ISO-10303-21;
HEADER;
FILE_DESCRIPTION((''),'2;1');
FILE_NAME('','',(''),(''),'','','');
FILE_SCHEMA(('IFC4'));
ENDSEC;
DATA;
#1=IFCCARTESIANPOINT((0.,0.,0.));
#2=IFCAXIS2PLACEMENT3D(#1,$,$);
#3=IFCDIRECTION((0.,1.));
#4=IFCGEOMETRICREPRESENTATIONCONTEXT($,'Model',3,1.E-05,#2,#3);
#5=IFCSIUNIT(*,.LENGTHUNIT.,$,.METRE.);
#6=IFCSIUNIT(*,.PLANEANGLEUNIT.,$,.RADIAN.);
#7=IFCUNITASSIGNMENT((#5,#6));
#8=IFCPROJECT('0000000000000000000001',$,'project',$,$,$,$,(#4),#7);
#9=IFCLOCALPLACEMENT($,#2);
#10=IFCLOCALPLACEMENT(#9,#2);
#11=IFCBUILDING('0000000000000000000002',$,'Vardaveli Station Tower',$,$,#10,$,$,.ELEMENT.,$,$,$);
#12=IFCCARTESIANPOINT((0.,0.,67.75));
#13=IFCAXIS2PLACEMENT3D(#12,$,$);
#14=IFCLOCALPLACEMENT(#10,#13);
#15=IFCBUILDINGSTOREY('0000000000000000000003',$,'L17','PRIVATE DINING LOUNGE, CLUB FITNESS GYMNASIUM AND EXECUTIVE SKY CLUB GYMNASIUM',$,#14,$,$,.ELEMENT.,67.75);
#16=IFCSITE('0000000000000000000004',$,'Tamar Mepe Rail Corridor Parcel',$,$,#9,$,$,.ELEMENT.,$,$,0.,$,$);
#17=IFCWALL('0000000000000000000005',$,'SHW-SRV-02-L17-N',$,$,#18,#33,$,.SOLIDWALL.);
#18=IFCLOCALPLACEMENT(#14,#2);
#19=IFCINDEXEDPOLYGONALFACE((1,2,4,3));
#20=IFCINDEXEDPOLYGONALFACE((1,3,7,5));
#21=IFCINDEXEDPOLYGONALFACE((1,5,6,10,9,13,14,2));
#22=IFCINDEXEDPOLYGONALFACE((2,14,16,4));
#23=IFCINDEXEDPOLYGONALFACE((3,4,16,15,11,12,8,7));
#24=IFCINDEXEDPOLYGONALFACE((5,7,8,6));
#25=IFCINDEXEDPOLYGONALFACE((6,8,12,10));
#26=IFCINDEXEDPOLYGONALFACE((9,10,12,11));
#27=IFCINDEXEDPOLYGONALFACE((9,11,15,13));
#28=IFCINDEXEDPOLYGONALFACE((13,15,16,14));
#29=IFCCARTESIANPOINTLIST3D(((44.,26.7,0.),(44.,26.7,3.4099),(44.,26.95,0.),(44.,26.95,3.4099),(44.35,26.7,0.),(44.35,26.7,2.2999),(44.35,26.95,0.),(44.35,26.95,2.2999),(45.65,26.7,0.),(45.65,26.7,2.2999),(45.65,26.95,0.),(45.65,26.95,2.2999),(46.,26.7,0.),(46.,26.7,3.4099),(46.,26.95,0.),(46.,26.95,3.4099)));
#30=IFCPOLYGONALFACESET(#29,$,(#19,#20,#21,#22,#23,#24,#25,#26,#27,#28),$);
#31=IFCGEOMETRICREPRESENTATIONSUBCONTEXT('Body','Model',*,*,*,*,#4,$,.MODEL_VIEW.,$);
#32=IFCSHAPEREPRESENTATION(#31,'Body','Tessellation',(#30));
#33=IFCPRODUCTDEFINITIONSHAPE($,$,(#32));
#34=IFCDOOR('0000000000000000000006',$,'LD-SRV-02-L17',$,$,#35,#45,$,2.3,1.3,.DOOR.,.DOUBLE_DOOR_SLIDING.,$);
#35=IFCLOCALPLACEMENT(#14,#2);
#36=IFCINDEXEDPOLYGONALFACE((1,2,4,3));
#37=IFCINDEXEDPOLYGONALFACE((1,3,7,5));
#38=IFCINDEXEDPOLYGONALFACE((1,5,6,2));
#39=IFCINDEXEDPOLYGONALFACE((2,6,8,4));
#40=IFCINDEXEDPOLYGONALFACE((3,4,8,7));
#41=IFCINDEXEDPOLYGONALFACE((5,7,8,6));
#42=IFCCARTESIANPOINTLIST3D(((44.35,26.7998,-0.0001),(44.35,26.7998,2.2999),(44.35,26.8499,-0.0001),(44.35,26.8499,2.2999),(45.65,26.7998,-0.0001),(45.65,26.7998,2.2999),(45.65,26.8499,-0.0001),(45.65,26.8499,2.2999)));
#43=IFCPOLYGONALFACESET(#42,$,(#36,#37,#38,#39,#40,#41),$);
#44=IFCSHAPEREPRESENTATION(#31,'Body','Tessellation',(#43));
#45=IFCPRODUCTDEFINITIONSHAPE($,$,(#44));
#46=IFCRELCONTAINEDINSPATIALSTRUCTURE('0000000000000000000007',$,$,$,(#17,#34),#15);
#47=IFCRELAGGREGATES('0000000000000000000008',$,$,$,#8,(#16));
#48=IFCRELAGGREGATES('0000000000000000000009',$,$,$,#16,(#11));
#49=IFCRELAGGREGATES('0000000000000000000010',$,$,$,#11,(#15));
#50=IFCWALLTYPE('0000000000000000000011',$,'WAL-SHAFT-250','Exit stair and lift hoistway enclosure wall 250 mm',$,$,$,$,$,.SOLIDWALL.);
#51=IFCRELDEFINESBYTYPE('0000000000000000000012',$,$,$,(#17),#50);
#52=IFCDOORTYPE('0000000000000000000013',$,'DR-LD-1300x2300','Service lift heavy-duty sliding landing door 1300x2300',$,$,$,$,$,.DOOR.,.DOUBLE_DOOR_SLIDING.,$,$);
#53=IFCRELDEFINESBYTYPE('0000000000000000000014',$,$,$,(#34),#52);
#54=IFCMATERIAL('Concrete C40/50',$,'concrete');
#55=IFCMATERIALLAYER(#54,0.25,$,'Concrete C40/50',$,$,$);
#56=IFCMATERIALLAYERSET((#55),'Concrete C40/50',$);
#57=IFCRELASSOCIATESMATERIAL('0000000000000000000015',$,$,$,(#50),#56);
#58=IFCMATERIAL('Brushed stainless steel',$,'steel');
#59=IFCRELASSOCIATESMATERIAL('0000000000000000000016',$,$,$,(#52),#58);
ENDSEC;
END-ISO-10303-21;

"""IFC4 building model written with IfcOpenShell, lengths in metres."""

from ifc_helpers import new_model, si_unit, direction, frame, frame_2d, origin, place, context, subcontext, project, spatial, rectangle, extrude, source, transform, mapped, material, layer, layer_set, type_object, element, fill, save


model = new_model("IFC4")

# Units and contexts
model_context = context("Model", 3, precision=1e-05, world=origin(), true_north=direction((0.0, 1.0)))
body_context = subcontext(model_context, "Body", "Model", "MODEL_VIEW")
ifc_project = project(units=[si_unit("LENGTHUNIT", "METRE"), si_unit("PLANEANGLEUNIT", "RADIAN")], contexts=[model_context])

# Site, building, storey
site_placement = place(None, origin())
site = spatial("IfcSite", under=ifc_project, at=site_placement, Name="Tamar Mepe Rail Corridor Parcel", CompositionType="ELEMENT", RefElevation=0.0)
building_placement = place(site_placement, origin())
building = spatial("IfcBuilding", under=site, at=building_placement, Name="Vardaveli Station Tower", CompositionType="ELEMENT")
storey_placement = place(building_placement, frame((0.0, 0.0, 67.75)))
storey = spatial("IfcBuildingStorey", under=building, at=storey_placement, Name="L17", Description="PRIVATE DINING LOUNGE, CLUB FITNESS GYMNASIUM AND EXECUTIVE SKY CLUB GYMNASIUM", CompositionType="ELEMENT", Elevation=67.75)

# Shared definitions
ifc_material_1 = material(Name="Concrete C40/50", Category="concrete")
ifc_layer_1 = layer(ifc_material_1, 0.25, Name="Concrete C40/50")
ifc_layer_set_1 = layer_set([ifc_layer_1], Name="Concrete C40/50")
wall_type_1 = type_object("IfcWallType", Name="WAL-SHAFT-250", Description="Exit stair and lift hoistway enclosure wall 250 mm", PredefinedType="SOLIDWALL", material=ifc_layer_set_1)

# Shared definitions
shared_shape_1 = source(origin(), body_context, "Body", "SweptSolid", [
    extrude(rectangle(XDim=1.3, YDim=2.3, at=frame_2d((0.6499, 1.1499))), frame((0.0, 0.135, 0.0), z_axis=(0.0, -1.0, 0.0), x_axis=(1.0, 0.0, 0.0)), (0.0, 0.0, 1.0), 0.27),
])
ifc_material_2 = material(Name="Brushed stainless steel", Category="steel")
door_type = type_object("IfcDoorType", Name="DR-LD-1300x2300", Description="Service lift heavy-duty sliding landing door 1300x2300", OperationType="DOUBLE_DOOR_SLIDING", PredefinedType="DOOR", material=ifc_material_2)
shared_shape_2 = source(origin(), body_context, "Body", "SweptSolid", [
    extrude(rectangle(XDim=1.3, YDim=2.3, at=frame_2d((0.6499, 1.1499))), frame((0.0, 0.0249, 0.0), z_axis=(0.0, -1.0, 0.0), x_axis=(1.0, 0.0, 0.0)), (0.0, 0.0, 1.0), 0.05),
])

# Shared definitions
shared_shape_3 = source(origin(), body_context, "Body", "SweptSolid", [
    extrude(rectangle(XDim=2.0, YDim=0.25, at=frame_2d((1.0, 0.0))), origin(), (0.0, 0.0, 1.0), 3.4099),
])

# Wall, opening, door
wall_1_placement = place(storey_placement, frame((44.0, 26.825, 0.0), z_axis=(0.0, 0.0, 1.0), x_axis=(1.0, 0.0, 0.0)))
wall_1 = element("IfcWall", 1, at=wall_1_placement, inside=storey, type_object=wall_type_1, Name="SHW-SRV-02-L17-N", PredefinedType="SOLIDWALL", context=body_context, shape_type="MappedRepresentation", body=[
    mapped(shared_shape_3, transform((0.0, 0.0, 0.0), scale=1.0)),
])
opening_1_placement = place(wall_1_placement, frame((0.3501, 0.0, 0.0)))
opening_1 = element("IfcOpeningElement", 2, at=opening_1_placement, cuts=wall_1, PredefinedType="OPENING", context=body_context, shape_type="MappedRepresentation", body=[
    mapped(shared_shape_1, transform((0.0, 0.0, 0.0), scale=1.0)),
])
door_1_placement = place(opening_1_placement, origin())
door_1 = element("IfcDoor", 3, at=door_1_placement, inside=storey, type_object=door_type, Name="LD-SRV-02-L17", OperationType="DOUBLE_DOOR_SLIDING", OverallHeight=2.3, OverallWidth=1.3, PredefinedType="DOOR", context=body_context, shape_type="MappedRepresentation", body=[
    mapped(shared_shape_2, transform((0.0, 0.0, 0.0), scale=1.0)),
])
fill(opening_1, door_1)

save(model, "model.ifc")
